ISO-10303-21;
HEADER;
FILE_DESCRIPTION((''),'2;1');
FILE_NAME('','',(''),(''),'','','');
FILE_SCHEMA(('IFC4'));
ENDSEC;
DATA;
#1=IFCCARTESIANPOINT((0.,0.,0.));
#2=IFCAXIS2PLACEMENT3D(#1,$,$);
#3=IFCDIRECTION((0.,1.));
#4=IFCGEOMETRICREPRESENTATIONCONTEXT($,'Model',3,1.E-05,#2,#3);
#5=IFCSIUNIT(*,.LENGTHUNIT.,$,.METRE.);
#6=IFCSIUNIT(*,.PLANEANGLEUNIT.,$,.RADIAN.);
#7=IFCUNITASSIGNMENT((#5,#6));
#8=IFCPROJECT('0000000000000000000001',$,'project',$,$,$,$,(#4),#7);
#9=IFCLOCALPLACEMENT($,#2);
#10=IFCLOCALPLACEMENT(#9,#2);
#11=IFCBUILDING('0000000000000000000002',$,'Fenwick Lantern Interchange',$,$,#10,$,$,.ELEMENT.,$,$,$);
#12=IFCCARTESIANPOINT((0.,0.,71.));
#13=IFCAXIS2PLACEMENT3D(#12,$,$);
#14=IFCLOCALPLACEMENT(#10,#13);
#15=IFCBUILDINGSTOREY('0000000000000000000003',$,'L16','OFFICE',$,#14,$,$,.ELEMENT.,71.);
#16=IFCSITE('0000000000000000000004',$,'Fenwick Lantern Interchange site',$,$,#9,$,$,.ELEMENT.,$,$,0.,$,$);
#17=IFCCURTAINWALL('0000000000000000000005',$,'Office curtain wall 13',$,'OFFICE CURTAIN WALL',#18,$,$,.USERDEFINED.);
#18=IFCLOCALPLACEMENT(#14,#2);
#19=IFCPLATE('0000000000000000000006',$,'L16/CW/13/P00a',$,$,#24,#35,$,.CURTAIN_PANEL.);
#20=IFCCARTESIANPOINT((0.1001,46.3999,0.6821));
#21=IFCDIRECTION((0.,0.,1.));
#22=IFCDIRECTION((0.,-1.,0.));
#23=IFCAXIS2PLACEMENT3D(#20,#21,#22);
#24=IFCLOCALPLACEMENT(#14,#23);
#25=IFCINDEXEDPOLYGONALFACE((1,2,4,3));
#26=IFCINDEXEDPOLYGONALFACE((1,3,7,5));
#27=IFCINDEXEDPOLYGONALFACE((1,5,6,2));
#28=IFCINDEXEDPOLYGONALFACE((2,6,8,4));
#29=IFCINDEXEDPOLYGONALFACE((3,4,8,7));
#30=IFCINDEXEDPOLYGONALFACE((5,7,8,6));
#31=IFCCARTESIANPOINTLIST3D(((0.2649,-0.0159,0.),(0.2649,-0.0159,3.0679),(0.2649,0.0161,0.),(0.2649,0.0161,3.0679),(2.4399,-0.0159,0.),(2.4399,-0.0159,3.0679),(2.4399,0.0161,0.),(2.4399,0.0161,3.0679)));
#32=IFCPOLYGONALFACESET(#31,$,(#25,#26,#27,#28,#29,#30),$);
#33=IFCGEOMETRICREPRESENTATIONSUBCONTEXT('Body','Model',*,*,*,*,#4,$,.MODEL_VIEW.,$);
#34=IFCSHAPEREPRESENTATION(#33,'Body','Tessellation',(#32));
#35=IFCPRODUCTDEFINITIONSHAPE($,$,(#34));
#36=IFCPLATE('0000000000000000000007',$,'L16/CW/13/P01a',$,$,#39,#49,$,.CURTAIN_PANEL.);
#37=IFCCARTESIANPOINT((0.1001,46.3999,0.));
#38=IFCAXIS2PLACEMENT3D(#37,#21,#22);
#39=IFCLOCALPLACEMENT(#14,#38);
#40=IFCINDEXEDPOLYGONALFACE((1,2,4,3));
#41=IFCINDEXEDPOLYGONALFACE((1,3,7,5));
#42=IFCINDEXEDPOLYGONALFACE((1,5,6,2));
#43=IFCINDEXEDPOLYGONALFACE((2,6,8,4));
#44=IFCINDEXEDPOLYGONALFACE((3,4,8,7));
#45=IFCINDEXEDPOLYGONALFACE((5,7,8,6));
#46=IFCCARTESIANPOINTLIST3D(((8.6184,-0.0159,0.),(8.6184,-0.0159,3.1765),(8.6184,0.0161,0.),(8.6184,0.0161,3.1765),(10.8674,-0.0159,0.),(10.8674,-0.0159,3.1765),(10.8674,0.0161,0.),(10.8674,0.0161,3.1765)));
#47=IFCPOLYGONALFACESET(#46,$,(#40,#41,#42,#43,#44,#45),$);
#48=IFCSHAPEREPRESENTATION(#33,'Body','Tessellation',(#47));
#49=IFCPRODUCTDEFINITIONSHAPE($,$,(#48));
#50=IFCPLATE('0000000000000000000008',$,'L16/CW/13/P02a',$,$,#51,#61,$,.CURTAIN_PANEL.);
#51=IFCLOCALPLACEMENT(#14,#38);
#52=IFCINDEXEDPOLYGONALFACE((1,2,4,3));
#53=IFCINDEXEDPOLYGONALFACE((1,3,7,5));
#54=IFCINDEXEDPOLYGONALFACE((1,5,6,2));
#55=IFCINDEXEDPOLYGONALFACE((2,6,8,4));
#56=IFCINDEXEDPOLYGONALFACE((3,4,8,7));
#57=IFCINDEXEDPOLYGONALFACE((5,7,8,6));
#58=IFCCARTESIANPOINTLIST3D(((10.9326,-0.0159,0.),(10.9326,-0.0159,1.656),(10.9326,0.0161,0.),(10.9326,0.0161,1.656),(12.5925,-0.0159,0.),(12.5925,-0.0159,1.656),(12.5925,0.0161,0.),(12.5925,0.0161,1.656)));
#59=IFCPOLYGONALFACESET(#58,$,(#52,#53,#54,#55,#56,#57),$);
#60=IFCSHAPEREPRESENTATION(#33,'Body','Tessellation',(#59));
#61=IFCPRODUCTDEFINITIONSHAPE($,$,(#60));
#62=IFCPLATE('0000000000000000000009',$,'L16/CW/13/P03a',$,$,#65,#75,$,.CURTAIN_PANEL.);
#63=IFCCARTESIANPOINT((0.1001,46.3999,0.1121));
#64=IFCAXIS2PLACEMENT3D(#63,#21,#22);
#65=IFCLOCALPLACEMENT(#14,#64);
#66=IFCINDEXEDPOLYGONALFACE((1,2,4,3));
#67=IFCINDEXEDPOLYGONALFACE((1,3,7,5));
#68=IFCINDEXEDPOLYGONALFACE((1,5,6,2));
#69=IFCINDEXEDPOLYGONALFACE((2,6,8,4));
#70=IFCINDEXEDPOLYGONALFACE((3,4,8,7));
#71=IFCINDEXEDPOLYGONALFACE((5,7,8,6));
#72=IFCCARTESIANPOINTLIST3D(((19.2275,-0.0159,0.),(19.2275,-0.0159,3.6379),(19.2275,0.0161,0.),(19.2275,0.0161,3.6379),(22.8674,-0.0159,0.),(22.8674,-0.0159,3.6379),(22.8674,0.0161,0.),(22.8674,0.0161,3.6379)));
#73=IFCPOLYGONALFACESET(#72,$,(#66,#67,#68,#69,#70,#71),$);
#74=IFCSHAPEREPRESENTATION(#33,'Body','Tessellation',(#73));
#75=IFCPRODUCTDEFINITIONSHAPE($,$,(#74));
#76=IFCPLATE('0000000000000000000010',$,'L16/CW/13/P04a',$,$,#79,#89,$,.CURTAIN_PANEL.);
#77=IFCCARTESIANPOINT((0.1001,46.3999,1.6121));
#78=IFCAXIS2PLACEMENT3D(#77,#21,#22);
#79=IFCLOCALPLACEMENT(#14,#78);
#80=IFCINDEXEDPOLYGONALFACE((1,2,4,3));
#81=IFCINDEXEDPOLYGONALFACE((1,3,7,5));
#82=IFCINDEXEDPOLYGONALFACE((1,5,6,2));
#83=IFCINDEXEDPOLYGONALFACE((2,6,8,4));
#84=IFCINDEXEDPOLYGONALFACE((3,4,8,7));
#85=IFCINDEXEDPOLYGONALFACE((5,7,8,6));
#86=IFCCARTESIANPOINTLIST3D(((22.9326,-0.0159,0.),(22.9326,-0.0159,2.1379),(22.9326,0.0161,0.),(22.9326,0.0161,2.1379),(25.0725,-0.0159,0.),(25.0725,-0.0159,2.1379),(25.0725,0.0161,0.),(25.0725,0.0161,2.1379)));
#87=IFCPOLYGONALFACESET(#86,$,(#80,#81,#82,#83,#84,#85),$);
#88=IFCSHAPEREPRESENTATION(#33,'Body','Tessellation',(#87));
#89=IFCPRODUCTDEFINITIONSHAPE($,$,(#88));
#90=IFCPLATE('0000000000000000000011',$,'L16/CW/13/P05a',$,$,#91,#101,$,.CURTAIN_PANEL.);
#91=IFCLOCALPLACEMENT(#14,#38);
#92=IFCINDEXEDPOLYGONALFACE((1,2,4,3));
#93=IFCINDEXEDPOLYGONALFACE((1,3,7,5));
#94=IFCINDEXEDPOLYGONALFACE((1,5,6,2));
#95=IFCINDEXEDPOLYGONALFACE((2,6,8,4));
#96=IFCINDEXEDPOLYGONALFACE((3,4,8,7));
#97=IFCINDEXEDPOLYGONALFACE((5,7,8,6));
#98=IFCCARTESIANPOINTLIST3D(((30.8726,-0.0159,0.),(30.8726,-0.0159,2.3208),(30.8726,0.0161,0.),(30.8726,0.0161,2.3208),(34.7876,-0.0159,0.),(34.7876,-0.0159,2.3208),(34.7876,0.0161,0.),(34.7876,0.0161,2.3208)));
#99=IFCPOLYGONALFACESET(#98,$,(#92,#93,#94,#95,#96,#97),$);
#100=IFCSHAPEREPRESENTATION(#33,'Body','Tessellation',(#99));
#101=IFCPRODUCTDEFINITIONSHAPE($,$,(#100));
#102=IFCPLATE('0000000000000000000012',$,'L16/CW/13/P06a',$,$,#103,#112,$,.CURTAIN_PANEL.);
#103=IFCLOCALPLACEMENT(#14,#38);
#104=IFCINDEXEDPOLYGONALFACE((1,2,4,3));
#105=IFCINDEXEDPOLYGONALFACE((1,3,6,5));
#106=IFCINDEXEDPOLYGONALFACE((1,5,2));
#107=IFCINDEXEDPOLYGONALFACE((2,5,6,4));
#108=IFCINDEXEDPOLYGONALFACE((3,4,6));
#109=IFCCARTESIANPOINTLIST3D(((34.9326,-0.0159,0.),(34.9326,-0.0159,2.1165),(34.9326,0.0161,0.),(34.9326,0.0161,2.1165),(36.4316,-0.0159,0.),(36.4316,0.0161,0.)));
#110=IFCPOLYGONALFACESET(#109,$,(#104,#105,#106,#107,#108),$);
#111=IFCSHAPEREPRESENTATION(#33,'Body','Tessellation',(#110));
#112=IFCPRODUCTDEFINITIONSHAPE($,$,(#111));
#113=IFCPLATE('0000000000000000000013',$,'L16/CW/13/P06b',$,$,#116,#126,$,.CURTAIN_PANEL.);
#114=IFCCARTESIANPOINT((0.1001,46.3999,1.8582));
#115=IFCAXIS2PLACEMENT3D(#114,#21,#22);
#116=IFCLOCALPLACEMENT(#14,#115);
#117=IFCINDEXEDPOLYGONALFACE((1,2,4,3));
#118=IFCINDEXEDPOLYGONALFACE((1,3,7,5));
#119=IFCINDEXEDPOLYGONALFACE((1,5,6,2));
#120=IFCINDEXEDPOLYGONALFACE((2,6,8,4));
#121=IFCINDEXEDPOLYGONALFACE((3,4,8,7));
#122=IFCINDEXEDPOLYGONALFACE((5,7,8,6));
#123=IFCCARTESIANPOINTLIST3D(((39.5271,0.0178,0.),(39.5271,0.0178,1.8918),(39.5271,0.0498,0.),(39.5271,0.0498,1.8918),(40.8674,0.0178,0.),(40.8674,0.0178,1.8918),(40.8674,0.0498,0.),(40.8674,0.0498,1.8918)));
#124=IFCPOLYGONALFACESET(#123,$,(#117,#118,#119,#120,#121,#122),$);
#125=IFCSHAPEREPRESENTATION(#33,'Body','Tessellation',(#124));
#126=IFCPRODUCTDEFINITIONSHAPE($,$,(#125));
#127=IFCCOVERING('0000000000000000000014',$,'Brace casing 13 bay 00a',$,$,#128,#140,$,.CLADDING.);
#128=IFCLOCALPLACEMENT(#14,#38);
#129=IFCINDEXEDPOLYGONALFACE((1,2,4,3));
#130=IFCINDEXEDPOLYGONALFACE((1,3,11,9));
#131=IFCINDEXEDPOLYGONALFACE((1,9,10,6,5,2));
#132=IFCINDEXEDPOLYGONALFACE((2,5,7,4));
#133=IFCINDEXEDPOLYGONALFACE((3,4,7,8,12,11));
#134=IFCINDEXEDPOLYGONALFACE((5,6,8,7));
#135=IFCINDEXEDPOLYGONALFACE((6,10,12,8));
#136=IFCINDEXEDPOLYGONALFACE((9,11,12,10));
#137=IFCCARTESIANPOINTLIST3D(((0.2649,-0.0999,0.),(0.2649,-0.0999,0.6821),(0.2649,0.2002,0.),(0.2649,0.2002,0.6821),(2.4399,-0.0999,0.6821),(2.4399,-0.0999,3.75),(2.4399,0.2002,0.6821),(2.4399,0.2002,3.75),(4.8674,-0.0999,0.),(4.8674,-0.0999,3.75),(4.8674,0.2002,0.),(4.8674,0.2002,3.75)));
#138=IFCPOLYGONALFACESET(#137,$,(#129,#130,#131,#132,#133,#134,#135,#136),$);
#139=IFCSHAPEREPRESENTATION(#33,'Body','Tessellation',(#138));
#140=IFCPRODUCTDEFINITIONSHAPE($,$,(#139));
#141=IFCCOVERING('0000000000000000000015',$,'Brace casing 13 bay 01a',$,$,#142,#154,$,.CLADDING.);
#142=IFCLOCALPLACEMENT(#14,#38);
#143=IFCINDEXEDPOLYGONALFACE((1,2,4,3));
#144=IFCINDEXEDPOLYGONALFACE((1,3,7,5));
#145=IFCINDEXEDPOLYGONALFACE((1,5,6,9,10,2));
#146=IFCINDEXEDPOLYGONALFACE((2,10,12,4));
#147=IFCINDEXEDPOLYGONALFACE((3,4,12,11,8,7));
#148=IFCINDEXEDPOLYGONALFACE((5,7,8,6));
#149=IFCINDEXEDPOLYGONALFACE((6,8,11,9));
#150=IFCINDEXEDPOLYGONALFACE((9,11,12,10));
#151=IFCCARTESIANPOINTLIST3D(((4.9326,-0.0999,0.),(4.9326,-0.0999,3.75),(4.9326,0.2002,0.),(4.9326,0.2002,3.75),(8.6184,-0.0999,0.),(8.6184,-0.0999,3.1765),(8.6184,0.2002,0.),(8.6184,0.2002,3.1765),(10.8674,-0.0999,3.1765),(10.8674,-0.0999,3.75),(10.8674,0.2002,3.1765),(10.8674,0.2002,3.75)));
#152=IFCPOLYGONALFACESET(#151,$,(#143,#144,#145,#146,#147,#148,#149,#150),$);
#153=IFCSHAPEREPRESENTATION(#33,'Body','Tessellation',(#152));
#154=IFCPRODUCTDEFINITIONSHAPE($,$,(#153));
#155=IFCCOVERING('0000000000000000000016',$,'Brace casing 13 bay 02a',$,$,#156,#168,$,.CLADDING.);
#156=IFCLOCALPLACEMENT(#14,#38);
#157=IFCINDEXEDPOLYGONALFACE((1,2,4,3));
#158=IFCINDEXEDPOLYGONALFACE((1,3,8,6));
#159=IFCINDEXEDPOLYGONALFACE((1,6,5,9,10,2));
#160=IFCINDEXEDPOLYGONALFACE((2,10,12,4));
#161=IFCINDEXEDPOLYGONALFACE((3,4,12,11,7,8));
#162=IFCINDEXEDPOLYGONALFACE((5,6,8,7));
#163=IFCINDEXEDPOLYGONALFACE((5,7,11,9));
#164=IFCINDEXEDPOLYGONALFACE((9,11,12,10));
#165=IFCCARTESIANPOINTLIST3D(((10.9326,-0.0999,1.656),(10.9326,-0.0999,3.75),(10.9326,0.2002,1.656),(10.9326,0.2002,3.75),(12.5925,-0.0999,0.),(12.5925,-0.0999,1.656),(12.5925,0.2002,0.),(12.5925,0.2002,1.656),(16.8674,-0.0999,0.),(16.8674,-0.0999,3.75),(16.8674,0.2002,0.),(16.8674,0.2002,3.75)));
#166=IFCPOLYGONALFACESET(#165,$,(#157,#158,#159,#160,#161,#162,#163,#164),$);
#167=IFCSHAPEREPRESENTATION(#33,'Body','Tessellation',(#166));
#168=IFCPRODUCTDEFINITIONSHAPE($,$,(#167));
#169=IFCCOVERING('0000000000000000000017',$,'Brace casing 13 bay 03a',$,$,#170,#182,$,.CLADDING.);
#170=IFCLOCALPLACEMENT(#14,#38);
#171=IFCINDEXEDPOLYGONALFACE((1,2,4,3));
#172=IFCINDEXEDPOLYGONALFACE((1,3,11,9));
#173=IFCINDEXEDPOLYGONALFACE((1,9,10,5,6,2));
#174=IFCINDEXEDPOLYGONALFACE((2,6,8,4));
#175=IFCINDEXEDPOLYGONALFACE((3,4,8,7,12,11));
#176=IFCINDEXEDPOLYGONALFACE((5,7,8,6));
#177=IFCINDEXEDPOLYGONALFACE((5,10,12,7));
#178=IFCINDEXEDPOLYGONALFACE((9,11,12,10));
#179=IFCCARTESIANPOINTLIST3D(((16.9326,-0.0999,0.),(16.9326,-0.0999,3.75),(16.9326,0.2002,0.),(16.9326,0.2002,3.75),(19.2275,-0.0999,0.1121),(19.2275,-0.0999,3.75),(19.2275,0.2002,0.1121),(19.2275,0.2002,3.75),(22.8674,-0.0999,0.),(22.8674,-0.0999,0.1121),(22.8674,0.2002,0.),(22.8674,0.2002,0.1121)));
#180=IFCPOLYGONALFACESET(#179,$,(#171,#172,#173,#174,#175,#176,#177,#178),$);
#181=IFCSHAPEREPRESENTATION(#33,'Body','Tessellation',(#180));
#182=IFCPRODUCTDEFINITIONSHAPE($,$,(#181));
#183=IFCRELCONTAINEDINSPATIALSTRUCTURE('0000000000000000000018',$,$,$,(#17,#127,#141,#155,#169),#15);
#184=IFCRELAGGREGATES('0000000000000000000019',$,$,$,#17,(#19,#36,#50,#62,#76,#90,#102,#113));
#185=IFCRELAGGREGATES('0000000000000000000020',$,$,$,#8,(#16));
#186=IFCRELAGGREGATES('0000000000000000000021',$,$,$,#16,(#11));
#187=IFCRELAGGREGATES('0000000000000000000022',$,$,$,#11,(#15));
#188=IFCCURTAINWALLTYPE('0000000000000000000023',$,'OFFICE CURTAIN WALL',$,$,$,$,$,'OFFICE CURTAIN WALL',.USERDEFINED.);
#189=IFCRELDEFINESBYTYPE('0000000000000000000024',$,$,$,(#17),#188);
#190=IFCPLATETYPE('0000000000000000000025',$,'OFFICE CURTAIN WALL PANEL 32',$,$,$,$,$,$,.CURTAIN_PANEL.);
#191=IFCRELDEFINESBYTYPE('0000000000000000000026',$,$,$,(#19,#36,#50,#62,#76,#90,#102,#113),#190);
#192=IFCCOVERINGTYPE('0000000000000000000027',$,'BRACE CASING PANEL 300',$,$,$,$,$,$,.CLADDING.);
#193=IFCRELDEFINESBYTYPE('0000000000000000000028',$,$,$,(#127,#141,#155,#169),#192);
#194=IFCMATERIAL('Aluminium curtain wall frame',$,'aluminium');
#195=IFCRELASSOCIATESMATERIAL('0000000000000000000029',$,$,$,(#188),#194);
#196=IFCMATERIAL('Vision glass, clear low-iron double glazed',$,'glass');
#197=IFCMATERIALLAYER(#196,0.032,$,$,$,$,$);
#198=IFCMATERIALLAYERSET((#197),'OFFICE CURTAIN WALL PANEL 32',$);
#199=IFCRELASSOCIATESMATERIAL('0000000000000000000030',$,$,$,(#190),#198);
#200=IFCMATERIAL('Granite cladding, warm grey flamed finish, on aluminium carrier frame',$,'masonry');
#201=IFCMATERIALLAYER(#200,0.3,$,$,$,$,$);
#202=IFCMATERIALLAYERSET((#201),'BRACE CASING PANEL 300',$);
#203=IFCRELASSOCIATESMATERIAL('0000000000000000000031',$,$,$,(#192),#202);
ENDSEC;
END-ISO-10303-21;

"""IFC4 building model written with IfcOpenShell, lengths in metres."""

from ifc_helpers import new_model, si_unit, direction, frame, origin, place, context, subcontext, project, spatial, polyline, outline, extrude, material, layer, layer_set, type_object, element, aggregate, save


model = new_model("IFC4")

# Units and contexts
model_context = context("Model", 3, precision=1e-05, world=origin(), true_north=direction((0.0, 1.0)))
body_context = subcontext(model_context, "Body", "Model", "MODEL_VIEW")
ifc_project = project(units=[si_unit("LENGTHUNIT", "METRE"), si_unit("PLANEANGLEUNIT", "RADIAN")], contexts=[model_context])

# Site, building, storey
site_placement = place(None, origin())
site = spatial("IfcSite", under=ifc_project, at=site_placement, Name="Fenwick Lantern Interchange site", CompositionType="ELEMENT", RefElevation=0.0)
building_placement = place(site_placement, origin())
building = spatial("IfcBuilding", under=site, at=building_placement, Name="Fenwick Lantern Interchange", CompositionType="ELEMENT")
storey_placement = place(building_placement, frame((0.0, 0.0, 71.0)))
storey = spatial("IfcBuildingStorey", under=building, at=storey_placement, Name="L16", Description="OFFICE", CompositionType="ELEMENT", Elevation=71.0)

# Shared definitions
ifc_material_1 = material(Name="Aluminium curtain wall frame", Category="aluminium")
curtain_wall_type = type_object("IfcCurtainWallType", Name="OFFICE CURTAIN WALL", ElementType="OFFICE CURTAIN WALL", PredefinedType="USERDEFINED", material=ifc_material_1)

# Curtain wall
curtain_wall_1_placement = place(storey_placement, origin())
curtain_wall_1 = element("IfcCurtainWall", 1, at=curtain_wall_1_placement, inside=storey, type_object=curtain_wall_type, Name="Office curtain wall 13", ObjectType="OFFICE CURTAIN WALL", PredefinedType="USERDEFINED")

# Plates
ifc_material_2 = material(Name="Vision glass, clear low-iron double glazed", Category="glass")
ifc_layer_1 = layer(ifc_material_2, 0.032)
ifc_layer_set_1 = layer_set([ifc_layer_1], Name="OFFICE CURTAIN WALL PANEL 32")
plate_type = type_object("IfcPlateType", Name="OFFICE CURTAIN WALL PANEL 32", PredefinedType="CURTAIN_PANEL", material=ifc_layer_set_1)
plate_1_placement = place(storey_placement, frame((0.1001, 46.3999, 0.6821), z_axis=(0.0, 0.0, 1.0), x_axis=(0.0, -1.0, 0.0)))
plate_1 = element("IfcPlate", 2, at=plate_1_placement, type_object=plate_type, Name="L16/CW/13/P00a", PredefinedType="CURTAIN_PANEL", context=body_context, shape_type="SweptSolid", body=[
    extrude(outline(polyline([(0.2649, 0.0), (2.4399, 0.0), (2.4399, 3.0679), (0.2649, 3.0679), (0.2649, 0.0)])), frame((0.0, 0.0161, 0.0), z_axis=(0.0, -1.0, 0.0), x_axis=(1.0, 0.0, 0.0)), (0.0, 0.0, 1.0), 0.032),
])
plate_2_placement = place(storey_placement, frame((0.1001, 46.3999, 0.0), z_axis=(0.0, 0.0, 1.0), x_axis=(0.0, -1.0, 0.0)))
plate_2 = element("IfcPlate", 3, at=plate_2_placement, type_object=plate_type, Name="L16/CW/13/P01a", PredefinedType="CURTAIN_PANEL", context=body_context, shape_type="SweptSolid", body=[
    extrude(outline(polyline([(8.6184, 0.0), (10.8674, 0.0), (10.8674, 3.1765), (8.6184, 3.1765), (8.6184, 0.0)])), frame((0.0, 0.0161, 0.0), z_axis=(0.0, -1.0, 0.0), x_axis=(1.0, 0.0, 0.0)), (0.0, 0.0, 1.0), 0.032),
])
plate_3_placement = place(storey_placement, frame((0.1001, 46.3999, 0.0), z_axis=(0.0, 0.0, 1.0), x_axis=(0.0, -1.0, 0.0)))
plate_3 = element("IfcPlate", 4, at=plate_3_placement, type_object=plate_type, Name="L16/CW/13/P02a", PredefinedType="CURTAIN_PANEL", context=body_context, shape_type="SweptSolid", body=[
    extrude(outline(polyline([(10.9326, 0.0), (12.5925, 0.0), (12.5925, 1.656), (10.9326, 1.656), (10.9326, 0.0)])), frame((0.0, 0.0161, 0.0), z_axis=(0.0, -1.0, 0.0), x_axis=(1.0, 0.0, 0.0)), (0.0, 0.0, 1.0), 0.032),
])
plate_4_placement = place(storey_placement, frame((0.1001, 46.3999, 0.1121), z_axis=(0.0, 0.0, 1.0), x_axis=(0.0, -1.0, 0.0)))
plate_4 = element("IfcPlate", 5, at=plate_4_placement, type_object=plate_type, Name="L16/CW/13/P03a", PredefinedType="CURTAIN_PANEL", context=body_context, shape_type="SweptSolid", body=[
    extrude(outline(polyline([(19.2275, 0.0), (22.8674, 0.0), (22.8674, 3.6379), (19.2275, 3.6379), (19.2275, 0.0)])), frame((0.0, 0.0161, 0.0), z_axis=(0.0, -1.0, 0.0), x_axis=(1.0, 0.0, 0.0)), (0.0, 0.0, 1.0), 0.032),
])
plate_5_placement = place(storey_placement, frame((0.1001, 46.3999, 1.6121), z_axis=(0.0, 0.0, 1.0), x_axis=(0.0, -1.0, 0.0)))
plate_5 = element("IfcPlate", 6, at=plate_5_placement, type_object=plate_type, Name="L16/CW/13/P04a", PredefinedType="CURTAIN_PANEL", context=body_context, shape_type="SweptSolid", body=[
    extrude(outline(polyline([(22.9326, 0.0), (25.0725, 0.0), (25.0725, 2.1379), (22.9326, 2.1379), (22.9326, 0.0)])), frame((0.0, 0.0161, 0.0), z_axis=(0.0, -1.0, 0.0), x_axis=(1.0, 0.0, 0.0)), (0.0, 0.0, 1.0), 0.032),
])
plate_6_placement = place(storey_placement, frame((0.1001, 46.3999, 0.0), z_axis=(0.0, 0.0, 1.0), x_axis=(0.0, -1.0, 0.0)))
plate_6 = element("IfcPlate", 7, at=plate_6_placement, type_object=plate_type, Name="L16/CW/13/P05a", PredefinedType="CURTAIN_PANEL", context=body_context, shape_type="SweptSolid", body=[
    extrude(outline(polyline([(30.8726, 0.0), (34.7876, 0.0), (34.7876, 2.3208), (30.8726, 2.3208), (30.8726, 0.0)])), frame((0.0, 0.0161, 0.0), z_axis=(0.0, -1.0, 0.0), x_axis=(1.0, 0.0, 0.0)), (0.0, 0.0, 1.0), 0.032),
])
plate_7_placement = place(storey_placement, frame((0.1001, 46.3999, 0.0), z_axis=(0.0, 0.0, 1.0), x_axis=(0.0, -1.0, 0.0)))
plate_7 = element("IfcPlate", 8, at=plate_7_placement, type_object=plate_type, Name="L16/CW/13/P06a", PredefinedType="CURTAIN_PANEL", context=body_context, shape_type="SweptSolid", body=[
    extrude(outline(polyline([(34.9326, 0.0), (36.4316, 0.0), (34.9326, 2.1165), (34.9326, 0.0)])), frame((0.0, 0.0161, 0.0), z_axis=(0.0, -1.0, 0.0), x_axis=(1.0, 0.0, 0.0)), (0.0, 0.0, 1.0), 0.032),
])
plate_8_placement = place(storey_placement, frame((0.1001, 46.3999, 1.8582), z_axis=(0.0, 0.0, 1.0), x_axis=(0.0, -1.0, 0.0)))
plate_8 = element("IfcPlate", 9, at=plate_8_placement, type_object=plate_type, Name="L16/CW/13/P06b", PredefinedType="CURTAIN_PANEL", context=body_context, shape_type="SweptSolid", body=[
    extrude(outline(polyline([(39.5271, 0.0), (40.8674, 0.0), (40.8674, 1.8918), (39.5271, 1.8918), (39.5271, 0.0)])), frame((0.0, 0.0498, 0.0), z_axis=(0.0, -1.0, 0.0), x_axis=(1.0, 0.0, 0.0)), (0.0, 0.0, 1.0), 0.032),
])
aggregate(curtain_wall_1, [plate_1, plate_2, plate_3, plate_4, plate_5, plate_6, plate_7, plate_8])

# Coverings
ifc_material_3 = material(Name="Granite cladding, warm grey flamed finish, on aluminium carrier frame", Category="masonry")
ifc_layer_2 = layer(ifc_material_3, 0.3)
ifc_layer_set_2 = layer_set([ifc_layer_2], Name="BRACE CASING PANEL 300")
covering_type = type_object("IfcCoveringType", Name="BRACE CASING PANEL 300", PredefinedType="CLADDING", material=ifc_layer_set_2)
covering_1_placement = place(storey_placement, frame((0.1001, 46.3999, 0.0), z_axis=(0.0, 0.0, 1.0), x_axis=(0.0, -1.0, 0.0)))
element("IfcCovering", 10, at=covering_1_placement, inside=storey, type_object=covering_type, Name="Brace casing 13 bay 00a", PredefinedType="CLADDING", context=body_context, shape_type="SweptSolid", body=[
    extrude(outline(polyline([(0.2649, 0.0), (4.8674, 0.0), (4.8674, 3.75), (2.4399, 3.75), (2.4399, 0.6821), (0.2649, 0.6821), (0.2649, 0.0)])), frame((0.0, 0.2002, 0.0), z_axis=(0.0, -1.0, 0.0), x_axis=(1.0, 0.0, 0.0)), (0.0, 0.0, 1.0), 0.3),
])
covering_2_placement = place(storey_placement, frame((0.1001, 46.3999, 0.0), z_axis=(0.0, 0.0, 1.0), x_axis=(0.0, -1.0, 0.0)))
element("IfcCovering", 11, at=covering_2_placement, inside=storey, type_object=covering_type, Name="Brace casing 13 bay 01a", PredefinedType="CLADDING", context=body_context, shape_type="SweptSolid", body=[
    extrude(outline(polyline([(4.9326, 0.0), (8.6184, 0.0), (8.6184, 3.1765), (10.8674, 3.1765), (10.8674, 3.75), (4.9326, 3.75), (4.9326, 0.0)])), frame((0.0, 0.2002, 0.0), z_axis=(0.0, -1.0, 0.0), x_axis=(1.0, 0.0, 0.0)), (0.0, 0.0, 1.0), 0.3),
])
covering_3_placement = place(storey_placement, frame((0.1001, 46.3999, 0.0), z_axis=(0.0, 0.0, 1.0), x_axis=(0.0, -1.0, 0.0)))
element("IfcCovering", 12, at=covering_3_placement, inside=storey, type_object=covering_type, Name="Brace casing 13 bay 02a", PredefinedType="CLADDING", context=body_context, shape_type="SweptSolid", body=[
    extrude(outline(polyline([(12.5925, 0.0), (16.8674, 0.0), (16.8674, 3.75), (10.9326, 3.75), (10.9326, 1.656), (12.5925, 1.656), (12.5925, 0.0)])), frame((0.0, 0.2002, 0.0), z_axis=(0.0, -1.0, 0.0), x_axis=(1.0, 0.0, 0.0)), (0.0, 0.0, 1.0), 0.3),
])
covering_4_placement = place(storey_placement, frame((0.1001, 46.3999, 0.0), z_axis=(0.0, 0.0, 1.0), x_axis=(0.0, -1.0, 0.0)))
element("IfcCovering", 13, at=covering_4_placement, inside=storey, type_object=covering_type, Name="Brace casing 13 bay 03a", PredefinedType="CLADDING", context=body_context, shape_type="SweptSolid", body=[
    extrude(outline(polyline([(16.9326, 0.0), (22.8674, 0.0), (22.8674, 0.1121), (19.2275, 0.1121), (19.2275, 3.75), (16.9326, 3.75), (16.9326, 0.0)])), frame((0.0, 0.2002, 0.0), z_axis=(0.0, -1.0, 0.0), x_axis=(1.0, 0.0, 0.0)), (0.0, 0.0, 1.0), 0.3),
])

save(model, "model.ifc")
